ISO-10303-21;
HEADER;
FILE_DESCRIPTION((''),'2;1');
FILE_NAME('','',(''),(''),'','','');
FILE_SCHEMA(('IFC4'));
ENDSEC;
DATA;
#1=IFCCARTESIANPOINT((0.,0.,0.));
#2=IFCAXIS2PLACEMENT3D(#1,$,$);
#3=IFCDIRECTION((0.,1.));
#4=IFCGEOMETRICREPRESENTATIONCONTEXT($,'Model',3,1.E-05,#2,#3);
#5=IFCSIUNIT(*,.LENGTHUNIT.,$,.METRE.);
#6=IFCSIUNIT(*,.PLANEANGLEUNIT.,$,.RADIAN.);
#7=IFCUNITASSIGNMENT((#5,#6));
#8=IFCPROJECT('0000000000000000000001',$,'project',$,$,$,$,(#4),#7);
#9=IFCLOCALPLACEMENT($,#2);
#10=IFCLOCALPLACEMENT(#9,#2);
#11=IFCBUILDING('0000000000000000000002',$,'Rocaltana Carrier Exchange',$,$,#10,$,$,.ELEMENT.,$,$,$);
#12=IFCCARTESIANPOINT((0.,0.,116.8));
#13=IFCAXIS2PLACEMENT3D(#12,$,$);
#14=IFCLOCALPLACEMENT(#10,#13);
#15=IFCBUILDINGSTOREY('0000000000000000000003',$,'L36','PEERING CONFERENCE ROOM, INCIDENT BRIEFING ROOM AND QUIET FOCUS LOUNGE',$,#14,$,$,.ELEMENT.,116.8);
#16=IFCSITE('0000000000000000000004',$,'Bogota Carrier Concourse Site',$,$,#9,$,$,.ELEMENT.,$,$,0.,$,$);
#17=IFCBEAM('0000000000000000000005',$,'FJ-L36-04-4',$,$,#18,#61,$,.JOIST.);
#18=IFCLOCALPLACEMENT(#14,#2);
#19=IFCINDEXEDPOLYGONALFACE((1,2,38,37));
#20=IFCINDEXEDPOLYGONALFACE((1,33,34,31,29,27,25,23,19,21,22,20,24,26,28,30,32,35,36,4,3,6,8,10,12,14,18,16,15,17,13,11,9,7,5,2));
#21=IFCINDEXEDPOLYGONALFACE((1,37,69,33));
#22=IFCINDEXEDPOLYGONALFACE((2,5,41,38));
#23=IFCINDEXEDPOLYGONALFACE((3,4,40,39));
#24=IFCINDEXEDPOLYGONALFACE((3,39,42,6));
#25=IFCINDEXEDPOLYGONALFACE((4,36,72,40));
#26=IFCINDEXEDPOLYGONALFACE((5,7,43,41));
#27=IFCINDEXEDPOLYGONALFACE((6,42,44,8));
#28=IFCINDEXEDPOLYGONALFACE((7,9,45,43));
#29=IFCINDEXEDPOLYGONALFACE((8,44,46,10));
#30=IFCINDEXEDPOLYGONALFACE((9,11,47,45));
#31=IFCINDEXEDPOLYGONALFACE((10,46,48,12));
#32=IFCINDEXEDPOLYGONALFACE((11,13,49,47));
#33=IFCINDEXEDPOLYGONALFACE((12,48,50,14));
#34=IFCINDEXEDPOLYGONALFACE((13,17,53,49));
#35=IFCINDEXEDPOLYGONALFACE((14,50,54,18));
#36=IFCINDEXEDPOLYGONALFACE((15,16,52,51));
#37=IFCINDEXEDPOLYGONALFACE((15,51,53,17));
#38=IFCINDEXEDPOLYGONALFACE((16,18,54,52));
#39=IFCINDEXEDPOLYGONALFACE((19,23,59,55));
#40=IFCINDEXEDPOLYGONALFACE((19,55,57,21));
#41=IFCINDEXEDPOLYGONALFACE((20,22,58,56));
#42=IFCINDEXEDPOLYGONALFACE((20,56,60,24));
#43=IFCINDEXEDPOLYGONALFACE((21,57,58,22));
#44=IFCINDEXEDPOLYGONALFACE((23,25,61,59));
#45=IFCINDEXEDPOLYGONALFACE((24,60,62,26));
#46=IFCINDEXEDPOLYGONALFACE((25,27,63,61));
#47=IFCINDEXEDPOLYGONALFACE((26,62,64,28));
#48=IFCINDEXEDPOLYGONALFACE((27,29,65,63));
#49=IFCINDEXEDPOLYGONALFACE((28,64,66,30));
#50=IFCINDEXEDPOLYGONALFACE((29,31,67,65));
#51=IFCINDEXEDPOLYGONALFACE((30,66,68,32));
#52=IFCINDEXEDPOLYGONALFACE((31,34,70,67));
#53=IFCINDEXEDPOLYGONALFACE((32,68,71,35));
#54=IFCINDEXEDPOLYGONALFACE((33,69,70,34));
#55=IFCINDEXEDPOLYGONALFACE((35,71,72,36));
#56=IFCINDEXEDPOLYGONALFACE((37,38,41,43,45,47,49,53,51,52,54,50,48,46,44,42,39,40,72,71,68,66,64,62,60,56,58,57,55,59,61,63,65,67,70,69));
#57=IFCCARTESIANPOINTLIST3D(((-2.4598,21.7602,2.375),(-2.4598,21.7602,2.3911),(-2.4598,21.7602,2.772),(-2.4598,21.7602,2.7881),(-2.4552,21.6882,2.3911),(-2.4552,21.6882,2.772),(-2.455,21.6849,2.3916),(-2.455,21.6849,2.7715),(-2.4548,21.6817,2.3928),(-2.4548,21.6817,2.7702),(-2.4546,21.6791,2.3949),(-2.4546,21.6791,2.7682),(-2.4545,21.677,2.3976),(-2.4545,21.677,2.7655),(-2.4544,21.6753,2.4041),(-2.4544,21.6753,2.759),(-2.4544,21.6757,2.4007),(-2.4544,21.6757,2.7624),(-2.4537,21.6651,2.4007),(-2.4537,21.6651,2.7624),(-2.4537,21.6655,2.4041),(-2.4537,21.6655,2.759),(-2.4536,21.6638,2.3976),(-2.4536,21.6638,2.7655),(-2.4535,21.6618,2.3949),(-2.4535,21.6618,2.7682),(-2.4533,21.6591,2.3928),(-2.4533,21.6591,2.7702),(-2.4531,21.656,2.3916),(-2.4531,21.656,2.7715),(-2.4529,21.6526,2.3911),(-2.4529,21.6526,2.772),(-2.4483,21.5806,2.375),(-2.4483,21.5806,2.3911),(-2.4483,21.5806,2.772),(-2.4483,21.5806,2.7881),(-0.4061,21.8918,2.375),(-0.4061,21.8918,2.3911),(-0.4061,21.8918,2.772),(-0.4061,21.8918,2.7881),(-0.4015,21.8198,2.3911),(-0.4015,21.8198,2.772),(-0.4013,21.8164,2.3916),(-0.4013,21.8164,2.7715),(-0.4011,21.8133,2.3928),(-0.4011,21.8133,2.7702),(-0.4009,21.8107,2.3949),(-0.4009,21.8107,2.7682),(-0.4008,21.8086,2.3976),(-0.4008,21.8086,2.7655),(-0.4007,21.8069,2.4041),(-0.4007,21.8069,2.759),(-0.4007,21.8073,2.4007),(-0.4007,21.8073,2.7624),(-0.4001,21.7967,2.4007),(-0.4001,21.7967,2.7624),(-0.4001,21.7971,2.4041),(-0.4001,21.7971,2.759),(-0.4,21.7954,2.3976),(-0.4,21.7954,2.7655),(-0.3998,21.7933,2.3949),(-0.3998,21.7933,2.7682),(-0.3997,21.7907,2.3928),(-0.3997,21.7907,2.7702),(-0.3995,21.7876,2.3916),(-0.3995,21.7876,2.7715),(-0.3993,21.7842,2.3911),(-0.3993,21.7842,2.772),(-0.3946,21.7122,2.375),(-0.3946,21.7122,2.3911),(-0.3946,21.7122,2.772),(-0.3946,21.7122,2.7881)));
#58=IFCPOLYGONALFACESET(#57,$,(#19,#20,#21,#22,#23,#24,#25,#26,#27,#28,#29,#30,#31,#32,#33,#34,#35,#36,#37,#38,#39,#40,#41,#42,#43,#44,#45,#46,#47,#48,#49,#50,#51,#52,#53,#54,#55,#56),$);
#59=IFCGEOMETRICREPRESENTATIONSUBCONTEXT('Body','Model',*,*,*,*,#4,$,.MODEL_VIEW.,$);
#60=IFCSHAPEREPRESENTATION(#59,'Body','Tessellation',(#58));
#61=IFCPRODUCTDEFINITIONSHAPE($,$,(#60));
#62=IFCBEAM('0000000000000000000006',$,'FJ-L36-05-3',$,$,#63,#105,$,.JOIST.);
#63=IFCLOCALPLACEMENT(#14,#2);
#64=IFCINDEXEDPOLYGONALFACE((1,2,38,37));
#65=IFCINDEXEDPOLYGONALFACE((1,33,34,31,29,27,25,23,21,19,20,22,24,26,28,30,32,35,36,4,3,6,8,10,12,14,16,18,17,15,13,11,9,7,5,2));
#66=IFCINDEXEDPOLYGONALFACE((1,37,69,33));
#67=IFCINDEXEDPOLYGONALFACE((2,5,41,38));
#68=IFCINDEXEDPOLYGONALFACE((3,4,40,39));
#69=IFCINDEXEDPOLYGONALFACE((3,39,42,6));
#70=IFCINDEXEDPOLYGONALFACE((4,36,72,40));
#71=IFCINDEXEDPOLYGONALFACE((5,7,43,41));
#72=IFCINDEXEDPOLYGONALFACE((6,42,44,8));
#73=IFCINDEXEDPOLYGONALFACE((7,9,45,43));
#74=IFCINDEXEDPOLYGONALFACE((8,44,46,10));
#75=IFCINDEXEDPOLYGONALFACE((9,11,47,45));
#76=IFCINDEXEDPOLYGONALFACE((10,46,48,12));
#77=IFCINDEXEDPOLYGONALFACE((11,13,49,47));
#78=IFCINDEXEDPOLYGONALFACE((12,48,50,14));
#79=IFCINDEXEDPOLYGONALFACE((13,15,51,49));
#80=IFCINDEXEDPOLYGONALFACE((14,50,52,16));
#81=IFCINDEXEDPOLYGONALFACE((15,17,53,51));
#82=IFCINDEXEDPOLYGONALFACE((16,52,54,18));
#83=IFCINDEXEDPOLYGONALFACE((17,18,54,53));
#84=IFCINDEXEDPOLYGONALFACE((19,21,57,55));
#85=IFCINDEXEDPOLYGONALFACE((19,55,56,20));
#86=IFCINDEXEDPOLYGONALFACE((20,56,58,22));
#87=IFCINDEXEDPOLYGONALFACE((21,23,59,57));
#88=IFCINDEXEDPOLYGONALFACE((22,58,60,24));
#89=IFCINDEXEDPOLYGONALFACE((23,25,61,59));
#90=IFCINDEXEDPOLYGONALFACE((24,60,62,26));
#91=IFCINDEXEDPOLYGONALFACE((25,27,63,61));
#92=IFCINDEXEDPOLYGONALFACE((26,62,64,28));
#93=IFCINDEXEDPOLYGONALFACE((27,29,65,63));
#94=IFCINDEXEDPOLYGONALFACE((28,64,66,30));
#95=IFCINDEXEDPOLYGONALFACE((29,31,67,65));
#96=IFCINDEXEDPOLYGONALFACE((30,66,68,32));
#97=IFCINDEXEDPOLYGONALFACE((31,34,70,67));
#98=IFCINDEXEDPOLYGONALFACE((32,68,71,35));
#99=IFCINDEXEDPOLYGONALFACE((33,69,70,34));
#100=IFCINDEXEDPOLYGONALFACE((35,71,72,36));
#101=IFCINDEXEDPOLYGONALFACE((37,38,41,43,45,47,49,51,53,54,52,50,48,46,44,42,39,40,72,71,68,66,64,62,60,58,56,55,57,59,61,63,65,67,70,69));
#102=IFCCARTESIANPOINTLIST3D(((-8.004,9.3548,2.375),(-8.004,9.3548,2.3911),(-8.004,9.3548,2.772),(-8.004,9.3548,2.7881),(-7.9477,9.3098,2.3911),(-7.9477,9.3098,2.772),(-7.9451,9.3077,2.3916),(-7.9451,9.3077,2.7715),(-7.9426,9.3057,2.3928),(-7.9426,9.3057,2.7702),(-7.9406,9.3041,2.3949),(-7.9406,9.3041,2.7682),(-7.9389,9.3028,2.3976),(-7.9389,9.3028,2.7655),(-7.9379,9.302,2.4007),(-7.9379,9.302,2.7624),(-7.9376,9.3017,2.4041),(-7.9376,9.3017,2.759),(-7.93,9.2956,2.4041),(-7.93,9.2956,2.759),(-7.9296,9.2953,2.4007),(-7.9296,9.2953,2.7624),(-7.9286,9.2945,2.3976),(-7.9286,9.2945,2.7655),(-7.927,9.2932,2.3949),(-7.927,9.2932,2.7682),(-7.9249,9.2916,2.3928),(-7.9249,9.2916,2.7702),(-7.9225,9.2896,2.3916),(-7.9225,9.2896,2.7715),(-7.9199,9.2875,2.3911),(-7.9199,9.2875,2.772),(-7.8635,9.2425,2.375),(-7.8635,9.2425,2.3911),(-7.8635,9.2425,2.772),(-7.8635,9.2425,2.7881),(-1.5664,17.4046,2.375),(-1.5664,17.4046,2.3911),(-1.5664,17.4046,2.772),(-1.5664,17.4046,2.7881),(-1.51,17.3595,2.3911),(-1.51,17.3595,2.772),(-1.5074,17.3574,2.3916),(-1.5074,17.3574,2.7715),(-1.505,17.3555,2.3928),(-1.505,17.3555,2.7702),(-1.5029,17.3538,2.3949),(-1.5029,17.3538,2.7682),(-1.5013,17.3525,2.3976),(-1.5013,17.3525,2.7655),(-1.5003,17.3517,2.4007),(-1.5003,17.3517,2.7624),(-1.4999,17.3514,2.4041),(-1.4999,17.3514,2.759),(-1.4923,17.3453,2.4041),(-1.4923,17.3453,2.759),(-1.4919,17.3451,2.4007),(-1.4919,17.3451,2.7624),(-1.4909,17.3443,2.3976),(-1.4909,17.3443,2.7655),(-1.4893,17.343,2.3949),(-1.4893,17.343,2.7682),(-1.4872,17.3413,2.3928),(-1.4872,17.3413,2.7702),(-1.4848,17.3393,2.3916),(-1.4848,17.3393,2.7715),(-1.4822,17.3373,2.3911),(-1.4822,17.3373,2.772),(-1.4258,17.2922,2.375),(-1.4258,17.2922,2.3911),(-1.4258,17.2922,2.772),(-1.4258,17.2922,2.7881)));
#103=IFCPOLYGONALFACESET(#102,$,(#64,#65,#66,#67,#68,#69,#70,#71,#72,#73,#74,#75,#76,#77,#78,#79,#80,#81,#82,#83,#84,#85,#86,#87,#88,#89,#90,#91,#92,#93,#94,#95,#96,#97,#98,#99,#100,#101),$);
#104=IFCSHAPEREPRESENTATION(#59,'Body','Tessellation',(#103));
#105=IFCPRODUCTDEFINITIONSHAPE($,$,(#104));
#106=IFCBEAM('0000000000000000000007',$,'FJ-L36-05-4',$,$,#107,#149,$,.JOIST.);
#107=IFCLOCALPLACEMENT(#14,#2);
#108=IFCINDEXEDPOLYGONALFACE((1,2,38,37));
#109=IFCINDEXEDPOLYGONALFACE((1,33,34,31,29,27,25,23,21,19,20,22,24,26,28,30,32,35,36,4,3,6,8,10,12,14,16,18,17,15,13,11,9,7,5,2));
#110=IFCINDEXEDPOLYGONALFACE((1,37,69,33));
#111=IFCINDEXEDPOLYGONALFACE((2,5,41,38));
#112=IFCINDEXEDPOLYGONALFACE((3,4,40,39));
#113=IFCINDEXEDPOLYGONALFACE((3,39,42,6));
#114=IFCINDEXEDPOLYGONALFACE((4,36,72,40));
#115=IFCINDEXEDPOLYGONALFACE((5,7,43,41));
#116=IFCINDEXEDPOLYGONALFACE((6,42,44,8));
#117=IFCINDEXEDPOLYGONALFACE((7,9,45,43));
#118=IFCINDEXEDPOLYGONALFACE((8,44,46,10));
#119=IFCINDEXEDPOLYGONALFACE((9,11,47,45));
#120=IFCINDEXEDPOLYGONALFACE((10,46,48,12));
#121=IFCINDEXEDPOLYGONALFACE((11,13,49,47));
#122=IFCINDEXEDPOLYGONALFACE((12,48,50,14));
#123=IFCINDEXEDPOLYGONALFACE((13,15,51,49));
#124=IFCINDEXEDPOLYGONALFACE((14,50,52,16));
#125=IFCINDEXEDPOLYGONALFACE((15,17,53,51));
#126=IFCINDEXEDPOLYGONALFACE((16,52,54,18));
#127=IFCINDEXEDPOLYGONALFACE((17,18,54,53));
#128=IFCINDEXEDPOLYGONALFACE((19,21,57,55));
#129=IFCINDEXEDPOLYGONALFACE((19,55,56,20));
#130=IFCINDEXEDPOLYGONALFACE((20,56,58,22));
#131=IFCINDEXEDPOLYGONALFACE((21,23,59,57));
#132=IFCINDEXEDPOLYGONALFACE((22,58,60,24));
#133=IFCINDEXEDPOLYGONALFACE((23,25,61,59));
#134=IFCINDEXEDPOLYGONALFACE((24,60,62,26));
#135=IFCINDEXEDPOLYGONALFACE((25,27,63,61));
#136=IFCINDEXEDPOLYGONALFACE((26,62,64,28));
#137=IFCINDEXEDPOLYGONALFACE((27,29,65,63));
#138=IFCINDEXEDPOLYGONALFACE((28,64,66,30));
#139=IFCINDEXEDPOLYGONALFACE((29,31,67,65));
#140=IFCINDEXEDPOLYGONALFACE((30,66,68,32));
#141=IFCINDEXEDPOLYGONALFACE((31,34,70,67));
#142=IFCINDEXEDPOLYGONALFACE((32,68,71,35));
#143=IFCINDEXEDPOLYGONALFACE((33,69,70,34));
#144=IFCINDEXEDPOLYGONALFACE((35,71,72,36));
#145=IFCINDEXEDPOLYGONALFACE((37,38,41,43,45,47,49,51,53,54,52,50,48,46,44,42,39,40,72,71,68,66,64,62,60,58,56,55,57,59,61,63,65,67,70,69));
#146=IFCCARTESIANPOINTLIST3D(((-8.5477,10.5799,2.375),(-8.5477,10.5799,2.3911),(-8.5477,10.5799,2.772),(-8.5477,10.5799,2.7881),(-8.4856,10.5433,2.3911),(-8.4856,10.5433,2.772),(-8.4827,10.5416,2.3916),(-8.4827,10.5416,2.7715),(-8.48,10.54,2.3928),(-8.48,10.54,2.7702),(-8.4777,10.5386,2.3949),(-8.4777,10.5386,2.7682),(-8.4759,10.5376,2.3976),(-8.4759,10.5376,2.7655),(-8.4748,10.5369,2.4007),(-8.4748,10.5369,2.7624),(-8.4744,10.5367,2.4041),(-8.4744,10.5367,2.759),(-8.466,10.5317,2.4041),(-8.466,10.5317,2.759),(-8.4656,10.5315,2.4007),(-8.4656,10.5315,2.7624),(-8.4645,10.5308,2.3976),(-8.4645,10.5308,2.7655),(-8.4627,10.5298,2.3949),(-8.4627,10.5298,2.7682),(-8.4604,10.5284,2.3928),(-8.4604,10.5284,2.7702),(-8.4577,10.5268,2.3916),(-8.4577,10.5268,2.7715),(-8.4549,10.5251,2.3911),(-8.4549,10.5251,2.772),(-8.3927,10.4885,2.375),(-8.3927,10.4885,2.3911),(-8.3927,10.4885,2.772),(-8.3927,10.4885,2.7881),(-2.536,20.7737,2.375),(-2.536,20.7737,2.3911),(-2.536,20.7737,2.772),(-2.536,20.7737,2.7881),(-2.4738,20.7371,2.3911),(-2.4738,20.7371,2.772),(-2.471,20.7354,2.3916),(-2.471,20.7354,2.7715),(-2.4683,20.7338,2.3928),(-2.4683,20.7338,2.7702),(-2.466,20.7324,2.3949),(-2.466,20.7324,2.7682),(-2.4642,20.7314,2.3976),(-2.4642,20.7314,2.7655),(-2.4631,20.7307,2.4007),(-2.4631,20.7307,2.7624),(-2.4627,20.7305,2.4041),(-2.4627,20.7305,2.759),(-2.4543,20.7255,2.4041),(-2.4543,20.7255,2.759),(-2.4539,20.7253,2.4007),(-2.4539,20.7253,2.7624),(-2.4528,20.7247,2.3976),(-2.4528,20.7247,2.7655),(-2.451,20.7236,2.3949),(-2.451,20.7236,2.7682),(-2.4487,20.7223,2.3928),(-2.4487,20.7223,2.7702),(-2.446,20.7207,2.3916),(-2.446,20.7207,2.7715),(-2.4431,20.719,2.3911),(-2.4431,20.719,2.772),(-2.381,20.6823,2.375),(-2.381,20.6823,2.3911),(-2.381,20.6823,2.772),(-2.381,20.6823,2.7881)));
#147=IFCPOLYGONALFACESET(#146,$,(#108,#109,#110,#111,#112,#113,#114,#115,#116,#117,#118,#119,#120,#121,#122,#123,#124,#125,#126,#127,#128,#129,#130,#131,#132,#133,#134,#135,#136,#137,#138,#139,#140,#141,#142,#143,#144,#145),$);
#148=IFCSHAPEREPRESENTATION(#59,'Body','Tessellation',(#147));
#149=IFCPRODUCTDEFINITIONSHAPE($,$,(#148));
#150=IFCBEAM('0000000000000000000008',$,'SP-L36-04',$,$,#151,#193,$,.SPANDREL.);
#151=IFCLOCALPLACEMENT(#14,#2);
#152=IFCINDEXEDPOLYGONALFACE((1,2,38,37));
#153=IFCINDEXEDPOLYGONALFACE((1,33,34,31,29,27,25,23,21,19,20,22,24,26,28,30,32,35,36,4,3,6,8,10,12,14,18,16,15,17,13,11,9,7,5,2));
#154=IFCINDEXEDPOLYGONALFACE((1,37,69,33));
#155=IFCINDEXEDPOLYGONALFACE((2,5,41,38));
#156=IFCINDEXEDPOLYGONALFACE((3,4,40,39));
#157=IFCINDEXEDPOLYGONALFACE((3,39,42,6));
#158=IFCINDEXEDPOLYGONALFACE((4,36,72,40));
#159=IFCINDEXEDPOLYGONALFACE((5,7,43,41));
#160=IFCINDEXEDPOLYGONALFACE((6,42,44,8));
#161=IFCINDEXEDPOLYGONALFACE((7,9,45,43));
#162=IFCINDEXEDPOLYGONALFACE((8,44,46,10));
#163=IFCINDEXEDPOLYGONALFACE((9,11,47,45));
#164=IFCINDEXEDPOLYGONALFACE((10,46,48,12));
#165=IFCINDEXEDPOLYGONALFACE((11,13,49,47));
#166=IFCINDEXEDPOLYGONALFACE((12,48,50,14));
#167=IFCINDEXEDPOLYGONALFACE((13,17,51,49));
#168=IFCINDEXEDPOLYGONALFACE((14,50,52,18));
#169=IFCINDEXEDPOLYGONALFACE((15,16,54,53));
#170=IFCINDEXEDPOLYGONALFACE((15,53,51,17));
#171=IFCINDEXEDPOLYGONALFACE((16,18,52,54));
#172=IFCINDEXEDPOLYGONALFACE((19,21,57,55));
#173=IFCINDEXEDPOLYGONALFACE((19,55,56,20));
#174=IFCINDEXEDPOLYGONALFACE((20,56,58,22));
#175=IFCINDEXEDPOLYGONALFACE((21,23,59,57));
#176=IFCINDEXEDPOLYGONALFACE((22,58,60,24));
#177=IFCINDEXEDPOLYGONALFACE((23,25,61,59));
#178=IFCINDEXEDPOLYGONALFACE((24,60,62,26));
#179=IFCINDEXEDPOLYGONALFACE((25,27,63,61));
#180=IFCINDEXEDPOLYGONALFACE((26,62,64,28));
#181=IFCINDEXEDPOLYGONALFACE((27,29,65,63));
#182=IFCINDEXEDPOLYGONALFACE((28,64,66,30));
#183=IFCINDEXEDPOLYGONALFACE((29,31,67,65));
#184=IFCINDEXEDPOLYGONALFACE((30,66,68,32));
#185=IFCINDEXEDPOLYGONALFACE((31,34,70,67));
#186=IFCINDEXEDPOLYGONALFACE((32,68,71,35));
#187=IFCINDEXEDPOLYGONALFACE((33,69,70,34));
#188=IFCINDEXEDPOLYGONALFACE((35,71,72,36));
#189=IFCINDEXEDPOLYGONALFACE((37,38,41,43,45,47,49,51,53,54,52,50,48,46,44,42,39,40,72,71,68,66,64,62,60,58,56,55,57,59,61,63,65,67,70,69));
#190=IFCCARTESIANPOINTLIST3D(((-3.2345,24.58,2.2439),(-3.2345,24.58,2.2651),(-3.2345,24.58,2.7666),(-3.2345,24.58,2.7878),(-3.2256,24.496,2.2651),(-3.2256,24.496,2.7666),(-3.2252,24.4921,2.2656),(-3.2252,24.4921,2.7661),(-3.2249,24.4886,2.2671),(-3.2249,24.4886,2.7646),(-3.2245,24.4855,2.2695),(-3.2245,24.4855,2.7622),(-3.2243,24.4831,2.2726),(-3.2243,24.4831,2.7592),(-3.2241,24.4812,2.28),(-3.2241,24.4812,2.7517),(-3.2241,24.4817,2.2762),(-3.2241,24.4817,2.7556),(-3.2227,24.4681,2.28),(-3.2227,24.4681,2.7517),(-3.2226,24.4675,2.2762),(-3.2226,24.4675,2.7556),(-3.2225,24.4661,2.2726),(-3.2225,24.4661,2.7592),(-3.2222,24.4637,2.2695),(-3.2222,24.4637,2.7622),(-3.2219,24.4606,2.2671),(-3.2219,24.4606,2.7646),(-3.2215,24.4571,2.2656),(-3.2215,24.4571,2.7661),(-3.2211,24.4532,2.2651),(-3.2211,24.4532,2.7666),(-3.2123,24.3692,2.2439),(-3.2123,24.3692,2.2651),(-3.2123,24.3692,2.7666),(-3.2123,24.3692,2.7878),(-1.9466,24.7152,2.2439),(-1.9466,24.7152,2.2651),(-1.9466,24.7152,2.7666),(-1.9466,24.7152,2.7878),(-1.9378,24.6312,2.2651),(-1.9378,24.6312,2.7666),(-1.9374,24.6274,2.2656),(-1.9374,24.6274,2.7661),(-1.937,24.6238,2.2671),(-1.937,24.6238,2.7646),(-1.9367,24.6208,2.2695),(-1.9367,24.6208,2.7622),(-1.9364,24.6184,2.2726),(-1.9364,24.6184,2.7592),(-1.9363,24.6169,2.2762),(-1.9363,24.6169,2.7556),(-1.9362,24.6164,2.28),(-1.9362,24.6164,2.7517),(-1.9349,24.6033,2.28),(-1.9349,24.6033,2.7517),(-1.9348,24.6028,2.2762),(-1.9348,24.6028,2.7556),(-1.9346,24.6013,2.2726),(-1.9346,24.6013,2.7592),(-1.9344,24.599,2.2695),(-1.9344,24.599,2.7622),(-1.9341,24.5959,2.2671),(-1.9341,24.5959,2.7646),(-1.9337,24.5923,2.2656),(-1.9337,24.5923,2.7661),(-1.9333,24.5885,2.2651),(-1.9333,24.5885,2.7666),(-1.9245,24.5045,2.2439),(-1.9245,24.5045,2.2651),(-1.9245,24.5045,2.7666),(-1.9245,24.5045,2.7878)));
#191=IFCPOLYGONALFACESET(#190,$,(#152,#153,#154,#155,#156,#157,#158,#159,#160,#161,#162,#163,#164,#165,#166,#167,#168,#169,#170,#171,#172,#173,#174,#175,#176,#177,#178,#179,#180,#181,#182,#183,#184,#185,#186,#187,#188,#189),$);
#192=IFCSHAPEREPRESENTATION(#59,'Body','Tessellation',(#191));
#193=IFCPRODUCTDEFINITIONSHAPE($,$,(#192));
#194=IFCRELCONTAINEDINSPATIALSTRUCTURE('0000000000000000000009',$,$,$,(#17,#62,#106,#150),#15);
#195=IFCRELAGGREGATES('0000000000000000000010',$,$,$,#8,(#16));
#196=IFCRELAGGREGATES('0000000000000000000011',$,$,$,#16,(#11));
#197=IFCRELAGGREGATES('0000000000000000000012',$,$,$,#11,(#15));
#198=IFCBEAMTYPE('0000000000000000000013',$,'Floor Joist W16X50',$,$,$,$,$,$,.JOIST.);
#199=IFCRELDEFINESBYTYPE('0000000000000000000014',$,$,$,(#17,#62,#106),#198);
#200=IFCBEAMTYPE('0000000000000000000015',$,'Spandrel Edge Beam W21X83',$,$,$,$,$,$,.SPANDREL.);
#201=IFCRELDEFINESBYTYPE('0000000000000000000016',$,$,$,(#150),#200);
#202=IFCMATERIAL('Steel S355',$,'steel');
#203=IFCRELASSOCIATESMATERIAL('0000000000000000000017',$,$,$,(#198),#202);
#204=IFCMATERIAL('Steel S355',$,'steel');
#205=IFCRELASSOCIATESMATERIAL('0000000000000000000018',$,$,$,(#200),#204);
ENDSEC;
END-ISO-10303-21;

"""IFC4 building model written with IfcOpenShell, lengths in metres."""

from ifc_helpers import new_model, si_unit, direction, frame, origin, origin_2d, place, context, subcontext, project, spatial, i_section, extrude, material, material_profile, profile_set, type_object, element, save


model = new_model("IFC4")

# Units and contexts
model_context = context("Model", 3, precision=1e-05, world=origin(), true_north=direction((0.0, 1.0)))
body_context = subcontext(model_context, "Body", "Model", "MODEL_VIEW")
ifc_project = project(units=[si_unit("LENGTHUNIT", "METRE"), si_unit("PLANEANGLEUNIT", "RADIAN")], contexts=[model_context])

# Site, building, storey
site_placement = place(None, origin())
site = spatial("IfcSite", under=ifc_project, at=site_placement, Name="Bogota Carrier Concourse Site", CompositionType="ELEMENT", RefElevation=0.0)
building_placement = place(site_placement, origin())
building = spatial("IfcBuilding", under=site, at=building_placement, Name="Rocaltana Carrier Exchange", CompositionType="ELEMENT")
storey_placement = place(building_placement, frame((0.0, 0.0, 116.8)))
storey = spatial("IfcBuildingStorey", under=building, at=storey_placement, Name="L36", Description="PEERING CONFERENCE ROOM, INCIDENT BRIEFING ROOM AND QUIET FOCUS LOUNGE", CompositionType="ELEMENT", Elevation=116.8)

# Beams
ifc_material_1 = material(Name="Steel S355", Category="steel")
ifc_material_profile_1 = material_profile(ifc_material_1, i_section(OverallWidth=0.1799, OverallDepth=0.4131, WebThickness=0.0098, FlangeThickness=0.0161, FilletRadius=0.0129, at=origin_2d()), Name="W16X50")
ifc_profile_set_1 = profile_set([ifc_material_profile_1], Name="Steel S355")
beam_type_1 = type_object("IfcBeamType", Name="Floor Joist W16X50", PredefinedType="JOIST", material=ifc_profile_set_1)
beam_1_placement = place(storey_placement, frame((-0.4004, 21.802, 2.5815), z_axis=(-0.997953, -0.063944, 0.0), x_axis=(0.063944, -0.997953, 0.0)))
element("IfcBeam", 1, at=beam_1_placement, inside=storey, type_object=beam_type_1, Name="FJ-L36-04-4", PredefinedType="JOIST", context=body_context, shape_type="SweptSolid", body=[
    extrude(i_section(OverallWidth=0.1799, OverallDepth=0.4131, WebThickness=0.0098, FlangeThickness=0.0161, FilletRadius=0.0129, at=origin_2d()), origin(), (0.0, 0.0, 1.0), 2.0579),
])
beam_2_placement = place(storey_placement, frame((-1.4961, 17.3484, 2.5815), z_axis=(-0.624571, -0.780968, 0.0), x_axis=(0.780968, -0.624571, 0.0)))
element("IfcBeam", 2, at=beam_2_placement, inside=storey, type_object=beam_type_1, Name="FJ-L36-05-3", PredefinedType="JOIST", context=body_context, shape_type="SweptSolid", body=[
    extrude(i_section(OverallWidth=0.1799, OverallDepth=0.4131, WebThickness=0.0098, FlangeThickness=0.0161, FilletRadius=0.0129, at=origin_2d()), origin(), (0.0, 0.0, 1.0), 10.3074),
])
beam_3_placement = place(storey_placement, frame((-2.4585, 20.728, 2.5815), z_axis=(-0.507983, -0.861367, 0.0), x_axis=(0.861367, -0.507983, 0.0)))
element("IfcBeam", 3, at=beam_3_placement, inside=storey, type_object=beam_type_1, Name="FJ-L36-05-4", PredefinedType="JOIST", context=body_context, shape_type="SweptSolid", body=[
    extrude(i_section(OverallWidth=0.1799, OverallDepth=0.4131, WebThickness=0.0098, FlangeThickness=0.0161, FilletRadius=0.0129, at=origin_2d()), origin(), (0.0, 0.0, 1.0), 11.8345),
])
ifc_material_2 = material(Name="Steel S355", Category="steel")
ifc_material_profile_2 = material_profile(ifc_material_2, i_section(OverallWidth=0.2119, OverallDepth=0.5439, WebThickness=0.0132, FlangeThickness=0.0212, FilletRadius=0.0149, at=origin_2d()), Name="W21X83")
ifc_profile_set_2 = profile_set([ifc_material_profile_2], Name="Steel S355")
beam_type_2 = type_object("IfcBeamType", Name="Spandrel Edge Beam W21X83", PredefinedType="SPANDREL", material=ifc_profile_set_2)
beam_4_placement = place(storey_placement, frame((-1.9355, 24.6099, 2.5159), z_axis=(-0.99453, -0.104449, 0.0), x_axis=(0.104449, -0.99453, 0.0)))
element("IfcBeam", 4, at=beam_4_placement, inside=storey, type_object=beam_type_2, Name="SP-L36-04", PredefinedType="SPANDREL", context=body_context, shape_type="SweptSolid", body=[
    extrude(i_section(OverallWidth=0.2119, OverallDepth=0.5439, WebThickness=0.0132, FlangeThickness=0.0212, FilletRadius=0.0149, at=origin_2d()), origin(), (0.0, 0.0, 1.0), 1.2949),
])

save(model, "model.ifc")
